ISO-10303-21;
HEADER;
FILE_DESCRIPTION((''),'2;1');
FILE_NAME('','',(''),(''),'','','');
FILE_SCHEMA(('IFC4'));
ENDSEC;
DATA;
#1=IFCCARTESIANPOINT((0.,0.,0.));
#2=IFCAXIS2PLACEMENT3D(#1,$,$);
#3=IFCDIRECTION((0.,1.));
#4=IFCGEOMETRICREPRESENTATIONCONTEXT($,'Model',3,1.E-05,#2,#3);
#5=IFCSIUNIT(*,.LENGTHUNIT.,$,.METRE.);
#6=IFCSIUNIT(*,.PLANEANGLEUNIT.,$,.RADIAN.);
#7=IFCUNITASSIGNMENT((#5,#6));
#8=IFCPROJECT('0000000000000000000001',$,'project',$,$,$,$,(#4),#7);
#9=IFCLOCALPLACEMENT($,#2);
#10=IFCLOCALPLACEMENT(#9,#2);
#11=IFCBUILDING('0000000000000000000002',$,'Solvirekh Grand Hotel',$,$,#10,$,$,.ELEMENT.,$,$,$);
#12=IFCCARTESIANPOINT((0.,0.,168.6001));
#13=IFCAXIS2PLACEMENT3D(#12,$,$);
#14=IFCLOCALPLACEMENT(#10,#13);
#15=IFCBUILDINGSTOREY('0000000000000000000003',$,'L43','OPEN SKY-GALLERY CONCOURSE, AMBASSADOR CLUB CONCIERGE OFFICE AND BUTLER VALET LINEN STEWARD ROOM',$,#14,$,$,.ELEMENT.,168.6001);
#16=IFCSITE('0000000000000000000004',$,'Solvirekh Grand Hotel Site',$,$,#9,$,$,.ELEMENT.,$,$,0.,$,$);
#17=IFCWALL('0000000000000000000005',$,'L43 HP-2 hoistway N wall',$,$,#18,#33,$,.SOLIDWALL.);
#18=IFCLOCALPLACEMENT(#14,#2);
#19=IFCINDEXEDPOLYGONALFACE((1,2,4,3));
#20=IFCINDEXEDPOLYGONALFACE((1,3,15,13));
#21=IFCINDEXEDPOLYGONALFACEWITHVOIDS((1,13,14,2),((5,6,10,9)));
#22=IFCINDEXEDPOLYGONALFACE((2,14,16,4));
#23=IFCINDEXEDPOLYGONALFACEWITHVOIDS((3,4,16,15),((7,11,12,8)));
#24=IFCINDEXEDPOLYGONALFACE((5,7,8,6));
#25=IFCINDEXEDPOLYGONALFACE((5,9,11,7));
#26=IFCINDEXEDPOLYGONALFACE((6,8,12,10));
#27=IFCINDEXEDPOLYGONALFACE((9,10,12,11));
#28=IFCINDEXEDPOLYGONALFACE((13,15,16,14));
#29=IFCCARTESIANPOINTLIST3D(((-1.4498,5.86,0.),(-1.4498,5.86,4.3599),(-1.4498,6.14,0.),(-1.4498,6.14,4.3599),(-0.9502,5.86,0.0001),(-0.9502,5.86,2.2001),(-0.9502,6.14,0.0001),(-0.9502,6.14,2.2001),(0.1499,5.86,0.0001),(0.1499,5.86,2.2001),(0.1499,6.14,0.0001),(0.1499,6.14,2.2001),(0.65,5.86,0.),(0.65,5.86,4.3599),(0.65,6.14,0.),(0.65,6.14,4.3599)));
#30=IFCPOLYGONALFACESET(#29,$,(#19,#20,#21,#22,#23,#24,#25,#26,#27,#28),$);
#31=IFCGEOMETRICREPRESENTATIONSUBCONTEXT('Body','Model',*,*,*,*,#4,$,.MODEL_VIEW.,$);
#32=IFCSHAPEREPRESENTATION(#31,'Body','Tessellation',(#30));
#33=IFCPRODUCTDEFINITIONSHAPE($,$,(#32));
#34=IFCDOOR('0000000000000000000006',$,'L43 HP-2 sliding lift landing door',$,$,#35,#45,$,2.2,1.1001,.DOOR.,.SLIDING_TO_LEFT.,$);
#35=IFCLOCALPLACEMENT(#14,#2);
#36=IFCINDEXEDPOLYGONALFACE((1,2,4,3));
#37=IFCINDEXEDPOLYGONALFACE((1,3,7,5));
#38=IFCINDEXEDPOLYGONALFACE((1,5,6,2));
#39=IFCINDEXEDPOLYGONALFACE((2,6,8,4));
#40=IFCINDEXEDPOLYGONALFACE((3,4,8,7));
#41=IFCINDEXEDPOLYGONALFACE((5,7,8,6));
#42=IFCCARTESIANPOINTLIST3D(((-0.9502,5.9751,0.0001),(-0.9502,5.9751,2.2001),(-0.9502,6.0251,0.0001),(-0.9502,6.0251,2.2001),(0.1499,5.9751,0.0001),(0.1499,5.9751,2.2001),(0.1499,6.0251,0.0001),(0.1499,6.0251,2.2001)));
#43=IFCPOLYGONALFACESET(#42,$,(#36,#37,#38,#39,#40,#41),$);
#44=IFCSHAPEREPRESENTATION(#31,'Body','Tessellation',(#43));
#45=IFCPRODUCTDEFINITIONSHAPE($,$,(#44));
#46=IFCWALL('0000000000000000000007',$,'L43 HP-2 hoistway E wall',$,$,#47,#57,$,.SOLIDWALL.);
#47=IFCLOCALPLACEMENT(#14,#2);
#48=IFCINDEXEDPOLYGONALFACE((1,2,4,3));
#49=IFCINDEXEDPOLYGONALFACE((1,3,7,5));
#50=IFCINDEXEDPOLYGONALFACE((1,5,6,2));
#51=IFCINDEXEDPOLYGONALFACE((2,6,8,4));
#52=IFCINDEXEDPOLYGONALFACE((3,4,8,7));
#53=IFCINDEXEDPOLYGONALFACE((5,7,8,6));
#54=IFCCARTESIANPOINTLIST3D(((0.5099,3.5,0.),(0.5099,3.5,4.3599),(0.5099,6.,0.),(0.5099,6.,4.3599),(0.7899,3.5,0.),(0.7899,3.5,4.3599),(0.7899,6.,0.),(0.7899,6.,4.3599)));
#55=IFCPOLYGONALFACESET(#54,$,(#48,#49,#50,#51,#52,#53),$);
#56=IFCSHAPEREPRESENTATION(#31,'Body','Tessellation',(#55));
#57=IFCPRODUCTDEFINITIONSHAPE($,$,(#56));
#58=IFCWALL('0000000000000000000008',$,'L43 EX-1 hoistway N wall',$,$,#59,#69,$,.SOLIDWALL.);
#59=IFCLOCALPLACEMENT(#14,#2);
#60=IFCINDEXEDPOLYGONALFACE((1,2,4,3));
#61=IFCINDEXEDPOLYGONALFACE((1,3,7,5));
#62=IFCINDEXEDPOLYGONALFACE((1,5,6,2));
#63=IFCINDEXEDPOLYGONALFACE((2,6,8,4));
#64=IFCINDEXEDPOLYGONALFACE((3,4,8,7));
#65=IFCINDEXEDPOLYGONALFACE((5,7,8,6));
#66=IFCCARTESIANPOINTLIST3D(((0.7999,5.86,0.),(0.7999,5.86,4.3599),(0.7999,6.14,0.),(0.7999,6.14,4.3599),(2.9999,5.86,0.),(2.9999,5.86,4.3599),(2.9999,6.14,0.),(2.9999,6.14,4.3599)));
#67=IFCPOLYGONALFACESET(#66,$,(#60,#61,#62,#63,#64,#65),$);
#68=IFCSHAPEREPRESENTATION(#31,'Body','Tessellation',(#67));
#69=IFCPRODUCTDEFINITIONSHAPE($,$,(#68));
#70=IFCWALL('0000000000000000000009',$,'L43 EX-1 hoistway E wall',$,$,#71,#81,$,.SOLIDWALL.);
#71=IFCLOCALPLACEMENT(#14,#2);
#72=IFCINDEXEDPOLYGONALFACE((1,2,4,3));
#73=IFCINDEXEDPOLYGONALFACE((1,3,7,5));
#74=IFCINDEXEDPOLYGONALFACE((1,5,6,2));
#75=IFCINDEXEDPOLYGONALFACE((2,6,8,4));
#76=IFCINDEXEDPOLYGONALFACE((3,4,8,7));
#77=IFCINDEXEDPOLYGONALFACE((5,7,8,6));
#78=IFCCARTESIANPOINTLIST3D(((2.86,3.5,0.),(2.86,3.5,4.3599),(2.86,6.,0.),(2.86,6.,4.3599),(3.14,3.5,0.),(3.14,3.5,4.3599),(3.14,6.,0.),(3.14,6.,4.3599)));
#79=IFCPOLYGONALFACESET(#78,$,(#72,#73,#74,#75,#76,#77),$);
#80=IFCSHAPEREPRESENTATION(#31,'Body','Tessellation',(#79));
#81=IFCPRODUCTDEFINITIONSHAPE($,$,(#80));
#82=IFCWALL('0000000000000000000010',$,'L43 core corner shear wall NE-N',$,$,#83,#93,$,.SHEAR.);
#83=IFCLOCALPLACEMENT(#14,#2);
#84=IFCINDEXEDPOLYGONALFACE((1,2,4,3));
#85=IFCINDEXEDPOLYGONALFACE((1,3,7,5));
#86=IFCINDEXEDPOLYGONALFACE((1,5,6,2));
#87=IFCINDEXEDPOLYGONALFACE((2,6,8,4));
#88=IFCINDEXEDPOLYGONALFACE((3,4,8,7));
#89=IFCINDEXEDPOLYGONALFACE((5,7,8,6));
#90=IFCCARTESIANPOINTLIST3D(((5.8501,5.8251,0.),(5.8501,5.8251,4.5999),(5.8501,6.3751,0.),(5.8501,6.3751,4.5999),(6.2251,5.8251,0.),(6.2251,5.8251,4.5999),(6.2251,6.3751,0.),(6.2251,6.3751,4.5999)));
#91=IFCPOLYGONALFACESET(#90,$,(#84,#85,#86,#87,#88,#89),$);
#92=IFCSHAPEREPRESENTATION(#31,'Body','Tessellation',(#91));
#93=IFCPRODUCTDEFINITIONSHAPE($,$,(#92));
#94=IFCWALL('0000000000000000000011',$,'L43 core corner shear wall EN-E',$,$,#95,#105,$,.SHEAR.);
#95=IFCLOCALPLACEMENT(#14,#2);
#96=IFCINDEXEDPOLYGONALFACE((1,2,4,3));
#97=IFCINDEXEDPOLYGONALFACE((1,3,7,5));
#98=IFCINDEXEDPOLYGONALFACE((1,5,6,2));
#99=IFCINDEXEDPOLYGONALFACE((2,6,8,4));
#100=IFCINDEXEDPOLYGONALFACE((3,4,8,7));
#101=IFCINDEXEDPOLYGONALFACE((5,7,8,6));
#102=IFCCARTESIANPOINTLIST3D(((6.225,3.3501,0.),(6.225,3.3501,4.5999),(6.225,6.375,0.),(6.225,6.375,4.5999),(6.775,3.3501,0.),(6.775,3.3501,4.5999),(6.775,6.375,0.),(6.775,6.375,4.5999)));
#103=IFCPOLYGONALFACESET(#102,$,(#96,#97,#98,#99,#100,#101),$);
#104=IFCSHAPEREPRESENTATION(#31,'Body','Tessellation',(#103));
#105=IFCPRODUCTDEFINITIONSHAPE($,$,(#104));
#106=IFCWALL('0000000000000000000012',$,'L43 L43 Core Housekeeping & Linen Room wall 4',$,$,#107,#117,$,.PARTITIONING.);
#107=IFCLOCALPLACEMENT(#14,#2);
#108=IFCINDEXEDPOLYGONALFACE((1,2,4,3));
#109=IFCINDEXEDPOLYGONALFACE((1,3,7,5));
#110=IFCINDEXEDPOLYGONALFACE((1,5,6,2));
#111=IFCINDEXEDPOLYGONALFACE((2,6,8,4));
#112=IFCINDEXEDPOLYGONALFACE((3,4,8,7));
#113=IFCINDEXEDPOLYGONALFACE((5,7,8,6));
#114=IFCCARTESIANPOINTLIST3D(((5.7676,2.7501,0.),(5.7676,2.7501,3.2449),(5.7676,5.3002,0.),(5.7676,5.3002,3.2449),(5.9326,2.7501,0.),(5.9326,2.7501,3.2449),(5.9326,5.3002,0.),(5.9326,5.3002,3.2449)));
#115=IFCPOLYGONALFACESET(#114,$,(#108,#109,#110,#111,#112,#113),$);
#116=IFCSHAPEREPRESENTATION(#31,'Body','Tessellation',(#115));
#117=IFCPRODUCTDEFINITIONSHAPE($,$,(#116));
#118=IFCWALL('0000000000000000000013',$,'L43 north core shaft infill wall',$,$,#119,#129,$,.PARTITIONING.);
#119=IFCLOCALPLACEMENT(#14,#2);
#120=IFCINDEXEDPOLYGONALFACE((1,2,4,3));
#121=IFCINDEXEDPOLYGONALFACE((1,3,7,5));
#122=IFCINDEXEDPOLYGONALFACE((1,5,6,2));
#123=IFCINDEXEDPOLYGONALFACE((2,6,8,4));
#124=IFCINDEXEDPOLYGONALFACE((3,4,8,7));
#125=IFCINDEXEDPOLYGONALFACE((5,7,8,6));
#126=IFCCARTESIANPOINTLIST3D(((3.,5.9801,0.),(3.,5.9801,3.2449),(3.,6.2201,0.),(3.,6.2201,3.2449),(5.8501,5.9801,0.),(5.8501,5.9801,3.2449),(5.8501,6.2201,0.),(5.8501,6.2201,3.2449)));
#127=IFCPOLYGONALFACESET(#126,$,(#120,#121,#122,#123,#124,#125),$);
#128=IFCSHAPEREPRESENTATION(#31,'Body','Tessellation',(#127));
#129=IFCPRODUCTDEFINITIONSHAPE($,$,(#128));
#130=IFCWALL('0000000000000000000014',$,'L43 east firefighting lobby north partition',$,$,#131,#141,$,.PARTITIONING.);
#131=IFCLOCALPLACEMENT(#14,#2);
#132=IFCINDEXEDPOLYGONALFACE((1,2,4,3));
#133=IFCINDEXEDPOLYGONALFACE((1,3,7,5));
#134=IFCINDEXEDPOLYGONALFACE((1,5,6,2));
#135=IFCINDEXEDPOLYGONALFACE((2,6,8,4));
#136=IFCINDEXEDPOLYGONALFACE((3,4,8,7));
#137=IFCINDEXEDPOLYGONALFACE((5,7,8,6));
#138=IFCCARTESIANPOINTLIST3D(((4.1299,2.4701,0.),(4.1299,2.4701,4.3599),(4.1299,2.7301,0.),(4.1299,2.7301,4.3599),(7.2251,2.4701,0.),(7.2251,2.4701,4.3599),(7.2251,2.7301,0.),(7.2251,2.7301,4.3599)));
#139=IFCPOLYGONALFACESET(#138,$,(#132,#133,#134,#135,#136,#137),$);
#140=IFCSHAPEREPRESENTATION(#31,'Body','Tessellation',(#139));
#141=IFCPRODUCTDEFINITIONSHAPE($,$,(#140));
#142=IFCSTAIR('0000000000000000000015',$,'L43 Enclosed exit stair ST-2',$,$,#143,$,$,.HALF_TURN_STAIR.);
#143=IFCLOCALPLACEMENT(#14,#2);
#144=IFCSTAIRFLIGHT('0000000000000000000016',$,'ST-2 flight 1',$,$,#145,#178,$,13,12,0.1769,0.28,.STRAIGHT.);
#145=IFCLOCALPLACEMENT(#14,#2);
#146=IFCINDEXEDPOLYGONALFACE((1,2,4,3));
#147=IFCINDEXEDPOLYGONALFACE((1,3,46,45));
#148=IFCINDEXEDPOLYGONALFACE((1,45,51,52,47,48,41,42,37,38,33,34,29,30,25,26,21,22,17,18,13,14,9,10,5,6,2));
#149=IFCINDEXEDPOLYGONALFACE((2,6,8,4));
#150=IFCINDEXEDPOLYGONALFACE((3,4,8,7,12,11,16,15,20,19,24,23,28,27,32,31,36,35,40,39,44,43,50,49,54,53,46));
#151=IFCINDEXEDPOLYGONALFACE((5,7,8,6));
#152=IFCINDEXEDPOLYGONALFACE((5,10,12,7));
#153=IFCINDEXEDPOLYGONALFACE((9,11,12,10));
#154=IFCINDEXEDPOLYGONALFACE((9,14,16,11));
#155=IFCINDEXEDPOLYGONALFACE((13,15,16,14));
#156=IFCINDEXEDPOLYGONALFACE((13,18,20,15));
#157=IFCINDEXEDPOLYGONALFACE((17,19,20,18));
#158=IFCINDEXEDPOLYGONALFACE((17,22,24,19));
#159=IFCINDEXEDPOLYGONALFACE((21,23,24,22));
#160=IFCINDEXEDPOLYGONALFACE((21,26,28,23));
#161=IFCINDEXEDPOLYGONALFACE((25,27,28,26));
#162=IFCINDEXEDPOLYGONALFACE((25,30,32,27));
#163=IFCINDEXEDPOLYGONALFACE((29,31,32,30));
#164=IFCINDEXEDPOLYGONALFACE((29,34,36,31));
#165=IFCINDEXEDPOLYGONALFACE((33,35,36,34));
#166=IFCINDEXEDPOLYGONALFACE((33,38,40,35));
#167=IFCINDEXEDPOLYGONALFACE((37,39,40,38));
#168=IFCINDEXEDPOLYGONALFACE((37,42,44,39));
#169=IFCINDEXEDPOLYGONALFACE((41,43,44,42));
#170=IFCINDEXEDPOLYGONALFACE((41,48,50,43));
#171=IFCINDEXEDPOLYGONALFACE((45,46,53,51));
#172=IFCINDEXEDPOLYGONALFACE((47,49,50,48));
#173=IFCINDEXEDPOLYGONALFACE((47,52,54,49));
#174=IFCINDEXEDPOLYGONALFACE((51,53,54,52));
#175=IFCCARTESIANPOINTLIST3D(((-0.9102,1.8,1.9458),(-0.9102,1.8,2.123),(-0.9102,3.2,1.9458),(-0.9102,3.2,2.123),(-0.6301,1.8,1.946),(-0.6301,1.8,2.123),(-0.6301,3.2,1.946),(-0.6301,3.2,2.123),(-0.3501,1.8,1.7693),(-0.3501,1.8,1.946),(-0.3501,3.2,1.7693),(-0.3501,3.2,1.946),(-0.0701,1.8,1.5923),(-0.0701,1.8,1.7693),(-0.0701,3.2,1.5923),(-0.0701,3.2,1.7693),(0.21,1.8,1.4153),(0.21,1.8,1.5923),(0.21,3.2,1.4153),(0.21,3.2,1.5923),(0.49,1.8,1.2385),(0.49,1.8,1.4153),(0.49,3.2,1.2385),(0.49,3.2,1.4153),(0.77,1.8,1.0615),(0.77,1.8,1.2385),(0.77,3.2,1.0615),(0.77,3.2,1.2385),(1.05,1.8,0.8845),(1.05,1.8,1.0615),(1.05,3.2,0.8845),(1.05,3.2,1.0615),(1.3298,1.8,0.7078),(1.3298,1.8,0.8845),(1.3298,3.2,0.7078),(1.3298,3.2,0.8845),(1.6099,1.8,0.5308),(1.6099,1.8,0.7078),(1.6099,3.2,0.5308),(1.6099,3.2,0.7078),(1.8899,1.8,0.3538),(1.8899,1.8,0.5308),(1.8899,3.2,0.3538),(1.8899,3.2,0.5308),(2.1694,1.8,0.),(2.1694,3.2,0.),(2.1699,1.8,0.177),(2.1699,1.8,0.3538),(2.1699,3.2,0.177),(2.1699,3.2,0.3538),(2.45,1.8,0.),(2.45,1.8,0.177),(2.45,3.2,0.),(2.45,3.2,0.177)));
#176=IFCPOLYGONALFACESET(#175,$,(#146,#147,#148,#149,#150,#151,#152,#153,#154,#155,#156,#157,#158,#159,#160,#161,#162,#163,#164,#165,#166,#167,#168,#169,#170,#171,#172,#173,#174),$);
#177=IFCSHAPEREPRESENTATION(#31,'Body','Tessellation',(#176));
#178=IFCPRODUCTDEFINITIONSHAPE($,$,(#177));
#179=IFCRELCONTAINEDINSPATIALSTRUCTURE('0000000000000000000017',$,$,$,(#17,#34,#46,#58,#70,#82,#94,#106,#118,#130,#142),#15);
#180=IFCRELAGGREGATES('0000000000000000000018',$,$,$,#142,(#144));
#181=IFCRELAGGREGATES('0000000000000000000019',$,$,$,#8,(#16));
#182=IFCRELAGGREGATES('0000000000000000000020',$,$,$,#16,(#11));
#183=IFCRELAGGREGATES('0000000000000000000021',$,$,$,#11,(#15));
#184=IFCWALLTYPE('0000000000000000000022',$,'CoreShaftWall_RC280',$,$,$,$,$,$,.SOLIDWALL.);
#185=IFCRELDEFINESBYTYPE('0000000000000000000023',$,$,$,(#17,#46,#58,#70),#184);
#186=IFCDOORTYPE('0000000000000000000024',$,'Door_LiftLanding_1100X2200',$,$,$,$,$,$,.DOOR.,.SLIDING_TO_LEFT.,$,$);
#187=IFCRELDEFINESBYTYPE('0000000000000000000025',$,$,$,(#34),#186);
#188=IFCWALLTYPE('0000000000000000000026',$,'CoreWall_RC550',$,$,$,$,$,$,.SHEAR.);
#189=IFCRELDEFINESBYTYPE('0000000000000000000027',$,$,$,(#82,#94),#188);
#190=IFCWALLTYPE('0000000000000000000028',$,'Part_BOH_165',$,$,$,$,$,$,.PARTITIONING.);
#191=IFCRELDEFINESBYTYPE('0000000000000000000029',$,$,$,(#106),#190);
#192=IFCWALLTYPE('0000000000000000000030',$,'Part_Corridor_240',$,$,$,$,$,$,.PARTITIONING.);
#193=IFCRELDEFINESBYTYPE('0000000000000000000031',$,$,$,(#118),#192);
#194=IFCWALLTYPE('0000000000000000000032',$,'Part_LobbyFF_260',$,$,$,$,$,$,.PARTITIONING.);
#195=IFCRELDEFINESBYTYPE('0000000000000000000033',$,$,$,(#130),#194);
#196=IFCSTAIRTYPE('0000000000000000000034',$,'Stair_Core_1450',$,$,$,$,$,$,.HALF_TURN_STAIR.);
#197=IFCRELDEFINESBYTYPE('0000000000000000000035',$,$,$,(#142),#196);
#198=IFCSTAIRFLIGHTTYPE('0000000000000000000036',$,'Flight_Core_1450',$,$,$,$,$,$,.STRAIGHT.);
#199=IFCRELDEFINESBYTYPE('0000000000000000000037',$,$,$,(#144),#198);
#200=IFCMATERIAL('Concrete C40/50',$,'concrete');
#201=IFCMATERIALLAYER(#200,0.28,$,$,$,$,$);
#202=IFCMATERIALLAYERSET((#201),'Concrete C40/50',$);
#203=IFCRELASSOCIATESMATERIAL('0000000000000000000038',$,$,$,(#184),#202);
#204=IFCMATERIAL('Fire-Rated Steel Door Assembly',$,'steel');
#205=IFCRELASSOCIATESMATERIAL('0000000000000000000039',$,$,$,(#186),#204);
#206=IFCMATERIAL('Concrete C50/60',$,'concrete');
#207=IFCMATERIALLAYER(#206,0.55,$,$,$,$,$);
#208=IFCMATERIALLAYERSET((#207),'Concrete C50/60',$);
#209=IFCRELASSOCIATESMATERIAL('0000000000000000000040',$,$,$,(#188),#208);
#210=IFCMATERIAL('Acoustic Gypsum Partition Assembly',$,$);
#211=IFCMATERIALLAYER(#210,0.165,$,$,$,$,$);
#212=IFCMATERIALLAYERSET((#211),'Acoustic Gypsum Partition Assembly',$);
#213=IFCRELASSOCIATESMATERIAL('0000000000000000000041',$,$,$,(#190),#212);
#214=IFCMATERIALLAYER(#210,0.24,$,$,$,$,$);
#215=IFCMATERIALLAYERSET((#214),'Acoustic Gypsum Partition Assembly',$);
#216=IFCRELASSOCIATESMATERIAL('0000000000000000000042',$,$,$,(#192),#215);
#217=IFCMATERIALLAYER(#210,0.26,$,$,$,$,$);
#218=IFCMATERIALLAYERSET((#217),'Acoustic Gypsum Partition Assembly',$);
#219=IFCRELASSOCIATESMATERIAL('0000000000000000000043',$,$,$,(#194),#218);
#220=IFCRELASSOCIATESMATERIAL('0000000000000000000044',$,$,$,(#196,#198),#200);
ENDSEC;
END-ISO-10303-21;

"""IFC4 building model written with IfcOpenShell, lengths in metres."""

from ifc_helpers import new_model, si_unit, direction, frame, frame_2d, origin, place, context, subcontext, project, spatial, polyline, rectangle, outline, extrude, material, layer, layer_set, type_object, element, fill, aggregate, save


model = new_model("IFC4")

# Units and contexts
model_context = context("Model", 3, precision=1e-05, world=origin(), true_north=direction((0.0, 1.0)))
body_context = subcontext(model_context, "Body", "Model", "MODEL_VIEW")
ifc_project = project(units=[si_unit("LENGTHUNIT", "METRE"), si_unit("PLANEANGLEUNIT", "RADIAN")], contexts=[model_context])

# Site, building, storey
site_placement = place(None, origin())
site = spatial("IfcSite", under=ifc_project, at=site_placement, Name="Solvirekh Grand Hotel Site", CompositionType="ELEMENT", RefElevation=0.0)
building_placement = place(site_placement, origin())
building = spatial("IfcBuilding", under=site, at=building_placement, Name="Solvirekh Grand Hotel", CompositionType="ELEMENT")
storey_placement = place(building_placement, frame((0.0, 0.0, 168.6001)))
storey = spatial("IfcBuildingStorey", under=building, at=storey_placement, Name="L43", Description="OPEN SKY-GALLERY CONCOURSE, AMBASSADOR CLUB CONCIERGE OFFICE AND BUTLER VALET LINEN STEWARD ROOM", CompositionType="ELEMENT", Elevation=168.6001)

# Wall, opening, door
ifc_material_1 = material(Name="Concrete C40/50", Category="concrete")
ifc_layer_1 = layer(ifc_material_1, 0.28)
ifc_layer_set_1 = layer_set([ifc_layer_1], Name="Concrete C40/50")
wall_type_1 = type_object("IfcWallType", Name="CoreShaftWall_RC280", PredefinedType="SOLIDWALL", material=ifc_layer_set_1)
wall_1_placement = place(storey_placement, frame((0.6499, 6.0, 0.0), z_axis=(0.0, 0.0, 1.0), x_axis=(-1.0, 0.0, 0.0)))
wall_1 = element("IfcWall", 1, at=wall_1_placement, inside=storey, type_object=wall_type_1, Name="L43 HP-2 hoistway N wall", PredefinedType="SOLIDWALL", context=body_context, shape_type="SweptSolid", body=[
    extrude(rectangle(XDim=2.0999, YDim=0.28, at=frame_2d((1.0498, 0.0))), origin(), (0.0, 0.0, 1.0), 4.3599),
])
opening_placement = place(wall_1_placement, frame((0.5, 0.0, 0.0)))
opening = element("IfcOpeningElement", 2, at=opening_placement, cuts=wall_1, PredefinedType="OPENING", context=body_context, shape_type="SweptSolid", body=[
    extrude(rectangle(XDim=1.1001, YDim=2.2, at=frame_2d((0.55, 1.1001))), frame((0.0, 0.1499, 0.0), z_axis=(0.0, -1.0, 0.0), x_axis=(1.0, 0.0, 0.0)), (0.0, 0.0, 1.0), 0.3),
])
ifc_material_2 = material(Name="Fire-Rated Steel Door Assembly", Category="steel")
door_type = type_object("IfcDoorType", Name="Door_LiftLanding_1100X2200", OperationType="SLIDING_TO_LEFT", PredefinedType="DOOR", material=ifc_material_2)
door_placement = place(opening_placement, origin())
door = element("IfcDoor", 3, at=door_placement, inside=storey, type_object=door_type, Name="L43 HP-2 sliding lift landing door", OperationType="SLIDING_TO_LEFT", OverallHeight=2.2, OverallWidth=1.1001, PredefinedType="DOOR", context=body_context, shape_type="SweptSolid", body=[
    extrude(rectangle(XDim=1.1001, YDim=2.2, at=frame_2d((0.55, 1.1001))), frame((0.0, 0.0249, 0.0), z_axis=(0.0, -1.0, 0.0), x_axis=(1.0, 0.0, 0.0)), (0.0, 0.0, 1.0), 0.05),
])
fill(opening, door)

# Walls
wall_2_placement = place(storey_placement, frame((0.6499, 3.5, 0.0), z_axis=(0.0, 0.0, 1.0), x_axis=(0.0, 1.0, 0.0)))
element("IfcWall", 4, at=wall_2_placement, inside=storey, type_object=wall_type_1, Name="L43 HP-2 hoistway E wall", PredefinedType="SOLIDWALL", context=body_context, shape_type="SweptSolid", body=[
    extrude(rectangle(XDim=2.5, YDim=0.28, at=frame_2d((1.25, 0.0))), origin(), (0.0, 0.0, 1.0), 4.3599),
])
wall_3_placement = place(storey_placement, frame((3.0, 6.0, 0.0), z_axis=(0.0, 0.0, 1.0), x_axis=(-1.0, 0.0, 0.0)))
element("IfcWall", 5, at=wall_3_placement, inside=storey, type_object=wall_type_1, Name="L43 EX-1 hoistway N wall", PredefinedType="SOLIDWALL", context=body_context, shape_type="SweptSolid", body=[
    extrude(rectangle(XDim=2.2, YDim=0.28, at=frame_2d((1.1001, 0.0))), origin(), (0.0, 0.0, 1.0), 4.3599),
])
wall_4_placement = place(storey_placement, frame((3.0, 3.5, 0.0), z_axis=(0.0, 0.0, 1.0), x_axis=(0.0, 1.0, 0.0)))
element("IfcWall", 6, at=wall_4_placement, inside=storey, type_object=wall_type_1, Name="L43 EX-1 hoistway E wall", PredefinedType="SOLIDWALL", context=body_context, shape_type="SweptSolid", body=[
    extrude(rectangle(XDim=2.5, YDim=0.28, at=frame_2d((1.25, 0.0))), origin(), (0.0, 0.0, 1.0), 4.3599),
])
ifc_material_3 = material(Name="Concrete C50/60", Category="concrete")
ifc_layer_2 = layer(ifc_material_3, 0.55)
ifc_layer_set_2 = layer_set([ifc_layer_2], Name="Concrete C50/60")
wall_type_2 = type_object("IfcWallType", Name="CoreWall_RC550", PredefinedType="SHEAR", material=ifc_layer_set_2)
wall_5_placement = place(storey_placement, frame((5.8501, 6.1001, 0.0), z_axis=(0.0, 0.0, 1.0), x_axis=(1.0, 0.0, 0.0)))
element("IfcWall", 7, at=wall_5_placement, inside=storey, type_object=wall_type_2, Name="L43 core corner shear wall NE-N", PredefinedType="SHEAR", context=body_context, shape_type="SweptSolid", body=[
    extrude(rectangle(XDim=0.375, YDim=0.55, at=frame_2d((0.1875, 0.0))), origin(), (0.0, 0.0, 1.0), 4.5999),
])
wall_6_placement = place(storey_placement, frame((6.5, 3.3501, 0.0), z_axis=(0.0, 0.0, 1.0), x_axis=(0.0, 1.0, 0.0)))
element("IfcWall", 8, at=wall_6_placement, inside=storey, type_object=wall_type_2, Name="L43 core corner shear wall EN-E", PredefinedType="SHEAR", context=body_context, shape_type="SweptSolid", body=[
    extrude(rectangle(XDim=3.0249, YDim=0.55, at=frame_2d((1.5125, 0.0))), origin(), (0.0, 0.0, 1.0), 4.5999),
])
ifc_material_4 = material(Name="Acoustic Gypsum Partition Assembly")
ifc_layer_3 = layer(ifc_material_4, 0.165)
ifc_layer_set_3 = layer_set([ifc_layer_3], Name="Acoustic Gypsum Partition Assembly")
wall_type_3 = type_object("IfcWallType", Name="Part_BOH_165", PredefinedType="PARTITIONING", material=ifc_layer_set_3)
wall_7_placement = place(storey_placement, frame((5.8501, 5.3, 0.0), z_axis=(0.0, 0.0, 1.0), x_axis=(0.0, -1.0, 0.0)))
element("IfcWall", 9, at=wall_7_placement, inside=storey, type_object=wall_type_3, Name="L43 L43 Core Housekeeping & Linen Room wall 4", PredefinedType="PARTITIONING", context=body_context, shape_type="SweptSolid", body=[
    extrude(rectangle(XDim=2.55, YDim=0.165, at=frame_2d((1.2749, 0.0))), origin(), (0.0, 0.0, 1.0), 3.2449),
])
ifc_layer_4 = layer(ifc_material_4, 0.24)
ifc_layer_set_4 = layer_set([ifc_layer_4], Name="Acoustic Gypsum Partition Assembly")
wall_type_4 = type_object("IfcWallType", Name="Part_Corridor_240", PredefinedType="PARTITIONING", material=ifc_layer_set_4)
wall_8_placement = place(storey_placement, frame((3.0, 6.1001, 0.0), z_axis=(0.0, 0.0, 1.0), x_axis=(1.0, 0.0, 0.0)))
element("IfcWall", 10, at=wall_8_placement, inside=storey, type_object=wall_type_4, Name="L43 north core shaft infill wall", PredefinedType="PARTITIONING", context=body_context, shape_type="SweptSolid", body=[
    extrude(rectangle(XDim=2.8501, YDim=0.24, at=frame_2d((1.425, 0.0))), origin(), (0.0, 0.0, 1.0), 3.2449),
])
ifc_layer_5 = layer(ifc_material_4, 0.26)
ifc_layer_set_5 = layer_set([ifc_layer_5], Name="Acoustic Gypsum Partition Assembly")
wall_type_5 = type_object("IfcWallType", Name="Part_LobbyFF_260", PredefinedType="PARTITIONING", material=ifc_layer_set_5)
wall_9_placement = place(storey_placement, frame((4.1299, 2.6001, 0.0), z_axis=(0.0, 0.0, 1.0), x_axis=(1.0, 0.0, 0.0)))
element("IfcWall", 11, at=wall_9_placement, inside=storey, type_object=wall_type_5, Name="L43 east firefighting lobby north partition", PredefinedType="PARTITIONING", context=body_context, shape_type="SweptSolid", body=[
    extrude(rectangle(XDim=3.0952, YDim=0.26, at=frame_2d((1.5476, 0.0))), origin(), (0.0, 0.0, 1.0), 4.3599),
])

# Stair, stair flight
stair_type = type_object("IfcStairType", Name="Stair_Core_1450", PredefinedType="HALF_TURN_STAIR", material=ifc_material_1)
stair_placement = place(storey_placement, origin())
stair = element("IfcStair", 12, at=stair_placement, inside=storey, type_object=stair_type, Name="L43 Enclosed exit stair ST-2", PredefinedType="HALF_TURN_STAIR")
stair_flight_type = type_object("IfcStairFlightType", Name="Flight_Core_1450", PredefinedType="STRAIGHT", material=ifc_material_1)
stair_flight_placement = place(storey_placement, frame((2.45, 2.5, 0.0), z_axis=(0.0, 0.0, 1.0), x_axis=(-1.0, 0.0, 0.0)))
stair_flight = element("IfcStairFlight", 13, at=stair_flight_placement, type_object=stair_flight_type, Name="ST-2 flight 1", NumberOfRisers=13, NumberOfTreads=12, PredefinedType="STRAIGHT", RiserHeight=0.1769, TreadLength=0.28, context=body_context, shape_type="SweptSolid", body=[
    extrude(outline(polyline([(0.0, 0.0), (0.0, 0.177), (0.28, 0.177), (0.28, 0.3538), (0.5601, 0.3538), (0.5601, 0.5308), (0.8401, 0.5308), (0.8401, 0.7078), (1.1201, 0.7078), (1.1201, 0.8845), (1.3999, 0.8845), (1.3999, 1.0615), (1.6799, 1.0615), (1.6799, 1.2385), (1.96, 1.2385), (1.96, 1.4153), (2.24, 1.4153), (2.24, 1.5923), (2.52, 1.5923), (2.52, 1.7693), (2.8, 1.7693), (2.8, 1.946), (3.0801, 1.946), (3.0801, 2.123), (3.3601, 2.123), (3.3601, 2.3), (3.3601, 1.9458), (0.2805, 0.0), (0.0, 0.0)])), frame((0.0, 0.7, 0.0), z_axis=(0.0, -1.0, 0.0), x_axis=(1.0, 0.0, 0.0)), (0.0, 0.0, 1.0), 1.3999),
])
aggregate(stair, [stair_flight])

save(model, "model.ifc")
